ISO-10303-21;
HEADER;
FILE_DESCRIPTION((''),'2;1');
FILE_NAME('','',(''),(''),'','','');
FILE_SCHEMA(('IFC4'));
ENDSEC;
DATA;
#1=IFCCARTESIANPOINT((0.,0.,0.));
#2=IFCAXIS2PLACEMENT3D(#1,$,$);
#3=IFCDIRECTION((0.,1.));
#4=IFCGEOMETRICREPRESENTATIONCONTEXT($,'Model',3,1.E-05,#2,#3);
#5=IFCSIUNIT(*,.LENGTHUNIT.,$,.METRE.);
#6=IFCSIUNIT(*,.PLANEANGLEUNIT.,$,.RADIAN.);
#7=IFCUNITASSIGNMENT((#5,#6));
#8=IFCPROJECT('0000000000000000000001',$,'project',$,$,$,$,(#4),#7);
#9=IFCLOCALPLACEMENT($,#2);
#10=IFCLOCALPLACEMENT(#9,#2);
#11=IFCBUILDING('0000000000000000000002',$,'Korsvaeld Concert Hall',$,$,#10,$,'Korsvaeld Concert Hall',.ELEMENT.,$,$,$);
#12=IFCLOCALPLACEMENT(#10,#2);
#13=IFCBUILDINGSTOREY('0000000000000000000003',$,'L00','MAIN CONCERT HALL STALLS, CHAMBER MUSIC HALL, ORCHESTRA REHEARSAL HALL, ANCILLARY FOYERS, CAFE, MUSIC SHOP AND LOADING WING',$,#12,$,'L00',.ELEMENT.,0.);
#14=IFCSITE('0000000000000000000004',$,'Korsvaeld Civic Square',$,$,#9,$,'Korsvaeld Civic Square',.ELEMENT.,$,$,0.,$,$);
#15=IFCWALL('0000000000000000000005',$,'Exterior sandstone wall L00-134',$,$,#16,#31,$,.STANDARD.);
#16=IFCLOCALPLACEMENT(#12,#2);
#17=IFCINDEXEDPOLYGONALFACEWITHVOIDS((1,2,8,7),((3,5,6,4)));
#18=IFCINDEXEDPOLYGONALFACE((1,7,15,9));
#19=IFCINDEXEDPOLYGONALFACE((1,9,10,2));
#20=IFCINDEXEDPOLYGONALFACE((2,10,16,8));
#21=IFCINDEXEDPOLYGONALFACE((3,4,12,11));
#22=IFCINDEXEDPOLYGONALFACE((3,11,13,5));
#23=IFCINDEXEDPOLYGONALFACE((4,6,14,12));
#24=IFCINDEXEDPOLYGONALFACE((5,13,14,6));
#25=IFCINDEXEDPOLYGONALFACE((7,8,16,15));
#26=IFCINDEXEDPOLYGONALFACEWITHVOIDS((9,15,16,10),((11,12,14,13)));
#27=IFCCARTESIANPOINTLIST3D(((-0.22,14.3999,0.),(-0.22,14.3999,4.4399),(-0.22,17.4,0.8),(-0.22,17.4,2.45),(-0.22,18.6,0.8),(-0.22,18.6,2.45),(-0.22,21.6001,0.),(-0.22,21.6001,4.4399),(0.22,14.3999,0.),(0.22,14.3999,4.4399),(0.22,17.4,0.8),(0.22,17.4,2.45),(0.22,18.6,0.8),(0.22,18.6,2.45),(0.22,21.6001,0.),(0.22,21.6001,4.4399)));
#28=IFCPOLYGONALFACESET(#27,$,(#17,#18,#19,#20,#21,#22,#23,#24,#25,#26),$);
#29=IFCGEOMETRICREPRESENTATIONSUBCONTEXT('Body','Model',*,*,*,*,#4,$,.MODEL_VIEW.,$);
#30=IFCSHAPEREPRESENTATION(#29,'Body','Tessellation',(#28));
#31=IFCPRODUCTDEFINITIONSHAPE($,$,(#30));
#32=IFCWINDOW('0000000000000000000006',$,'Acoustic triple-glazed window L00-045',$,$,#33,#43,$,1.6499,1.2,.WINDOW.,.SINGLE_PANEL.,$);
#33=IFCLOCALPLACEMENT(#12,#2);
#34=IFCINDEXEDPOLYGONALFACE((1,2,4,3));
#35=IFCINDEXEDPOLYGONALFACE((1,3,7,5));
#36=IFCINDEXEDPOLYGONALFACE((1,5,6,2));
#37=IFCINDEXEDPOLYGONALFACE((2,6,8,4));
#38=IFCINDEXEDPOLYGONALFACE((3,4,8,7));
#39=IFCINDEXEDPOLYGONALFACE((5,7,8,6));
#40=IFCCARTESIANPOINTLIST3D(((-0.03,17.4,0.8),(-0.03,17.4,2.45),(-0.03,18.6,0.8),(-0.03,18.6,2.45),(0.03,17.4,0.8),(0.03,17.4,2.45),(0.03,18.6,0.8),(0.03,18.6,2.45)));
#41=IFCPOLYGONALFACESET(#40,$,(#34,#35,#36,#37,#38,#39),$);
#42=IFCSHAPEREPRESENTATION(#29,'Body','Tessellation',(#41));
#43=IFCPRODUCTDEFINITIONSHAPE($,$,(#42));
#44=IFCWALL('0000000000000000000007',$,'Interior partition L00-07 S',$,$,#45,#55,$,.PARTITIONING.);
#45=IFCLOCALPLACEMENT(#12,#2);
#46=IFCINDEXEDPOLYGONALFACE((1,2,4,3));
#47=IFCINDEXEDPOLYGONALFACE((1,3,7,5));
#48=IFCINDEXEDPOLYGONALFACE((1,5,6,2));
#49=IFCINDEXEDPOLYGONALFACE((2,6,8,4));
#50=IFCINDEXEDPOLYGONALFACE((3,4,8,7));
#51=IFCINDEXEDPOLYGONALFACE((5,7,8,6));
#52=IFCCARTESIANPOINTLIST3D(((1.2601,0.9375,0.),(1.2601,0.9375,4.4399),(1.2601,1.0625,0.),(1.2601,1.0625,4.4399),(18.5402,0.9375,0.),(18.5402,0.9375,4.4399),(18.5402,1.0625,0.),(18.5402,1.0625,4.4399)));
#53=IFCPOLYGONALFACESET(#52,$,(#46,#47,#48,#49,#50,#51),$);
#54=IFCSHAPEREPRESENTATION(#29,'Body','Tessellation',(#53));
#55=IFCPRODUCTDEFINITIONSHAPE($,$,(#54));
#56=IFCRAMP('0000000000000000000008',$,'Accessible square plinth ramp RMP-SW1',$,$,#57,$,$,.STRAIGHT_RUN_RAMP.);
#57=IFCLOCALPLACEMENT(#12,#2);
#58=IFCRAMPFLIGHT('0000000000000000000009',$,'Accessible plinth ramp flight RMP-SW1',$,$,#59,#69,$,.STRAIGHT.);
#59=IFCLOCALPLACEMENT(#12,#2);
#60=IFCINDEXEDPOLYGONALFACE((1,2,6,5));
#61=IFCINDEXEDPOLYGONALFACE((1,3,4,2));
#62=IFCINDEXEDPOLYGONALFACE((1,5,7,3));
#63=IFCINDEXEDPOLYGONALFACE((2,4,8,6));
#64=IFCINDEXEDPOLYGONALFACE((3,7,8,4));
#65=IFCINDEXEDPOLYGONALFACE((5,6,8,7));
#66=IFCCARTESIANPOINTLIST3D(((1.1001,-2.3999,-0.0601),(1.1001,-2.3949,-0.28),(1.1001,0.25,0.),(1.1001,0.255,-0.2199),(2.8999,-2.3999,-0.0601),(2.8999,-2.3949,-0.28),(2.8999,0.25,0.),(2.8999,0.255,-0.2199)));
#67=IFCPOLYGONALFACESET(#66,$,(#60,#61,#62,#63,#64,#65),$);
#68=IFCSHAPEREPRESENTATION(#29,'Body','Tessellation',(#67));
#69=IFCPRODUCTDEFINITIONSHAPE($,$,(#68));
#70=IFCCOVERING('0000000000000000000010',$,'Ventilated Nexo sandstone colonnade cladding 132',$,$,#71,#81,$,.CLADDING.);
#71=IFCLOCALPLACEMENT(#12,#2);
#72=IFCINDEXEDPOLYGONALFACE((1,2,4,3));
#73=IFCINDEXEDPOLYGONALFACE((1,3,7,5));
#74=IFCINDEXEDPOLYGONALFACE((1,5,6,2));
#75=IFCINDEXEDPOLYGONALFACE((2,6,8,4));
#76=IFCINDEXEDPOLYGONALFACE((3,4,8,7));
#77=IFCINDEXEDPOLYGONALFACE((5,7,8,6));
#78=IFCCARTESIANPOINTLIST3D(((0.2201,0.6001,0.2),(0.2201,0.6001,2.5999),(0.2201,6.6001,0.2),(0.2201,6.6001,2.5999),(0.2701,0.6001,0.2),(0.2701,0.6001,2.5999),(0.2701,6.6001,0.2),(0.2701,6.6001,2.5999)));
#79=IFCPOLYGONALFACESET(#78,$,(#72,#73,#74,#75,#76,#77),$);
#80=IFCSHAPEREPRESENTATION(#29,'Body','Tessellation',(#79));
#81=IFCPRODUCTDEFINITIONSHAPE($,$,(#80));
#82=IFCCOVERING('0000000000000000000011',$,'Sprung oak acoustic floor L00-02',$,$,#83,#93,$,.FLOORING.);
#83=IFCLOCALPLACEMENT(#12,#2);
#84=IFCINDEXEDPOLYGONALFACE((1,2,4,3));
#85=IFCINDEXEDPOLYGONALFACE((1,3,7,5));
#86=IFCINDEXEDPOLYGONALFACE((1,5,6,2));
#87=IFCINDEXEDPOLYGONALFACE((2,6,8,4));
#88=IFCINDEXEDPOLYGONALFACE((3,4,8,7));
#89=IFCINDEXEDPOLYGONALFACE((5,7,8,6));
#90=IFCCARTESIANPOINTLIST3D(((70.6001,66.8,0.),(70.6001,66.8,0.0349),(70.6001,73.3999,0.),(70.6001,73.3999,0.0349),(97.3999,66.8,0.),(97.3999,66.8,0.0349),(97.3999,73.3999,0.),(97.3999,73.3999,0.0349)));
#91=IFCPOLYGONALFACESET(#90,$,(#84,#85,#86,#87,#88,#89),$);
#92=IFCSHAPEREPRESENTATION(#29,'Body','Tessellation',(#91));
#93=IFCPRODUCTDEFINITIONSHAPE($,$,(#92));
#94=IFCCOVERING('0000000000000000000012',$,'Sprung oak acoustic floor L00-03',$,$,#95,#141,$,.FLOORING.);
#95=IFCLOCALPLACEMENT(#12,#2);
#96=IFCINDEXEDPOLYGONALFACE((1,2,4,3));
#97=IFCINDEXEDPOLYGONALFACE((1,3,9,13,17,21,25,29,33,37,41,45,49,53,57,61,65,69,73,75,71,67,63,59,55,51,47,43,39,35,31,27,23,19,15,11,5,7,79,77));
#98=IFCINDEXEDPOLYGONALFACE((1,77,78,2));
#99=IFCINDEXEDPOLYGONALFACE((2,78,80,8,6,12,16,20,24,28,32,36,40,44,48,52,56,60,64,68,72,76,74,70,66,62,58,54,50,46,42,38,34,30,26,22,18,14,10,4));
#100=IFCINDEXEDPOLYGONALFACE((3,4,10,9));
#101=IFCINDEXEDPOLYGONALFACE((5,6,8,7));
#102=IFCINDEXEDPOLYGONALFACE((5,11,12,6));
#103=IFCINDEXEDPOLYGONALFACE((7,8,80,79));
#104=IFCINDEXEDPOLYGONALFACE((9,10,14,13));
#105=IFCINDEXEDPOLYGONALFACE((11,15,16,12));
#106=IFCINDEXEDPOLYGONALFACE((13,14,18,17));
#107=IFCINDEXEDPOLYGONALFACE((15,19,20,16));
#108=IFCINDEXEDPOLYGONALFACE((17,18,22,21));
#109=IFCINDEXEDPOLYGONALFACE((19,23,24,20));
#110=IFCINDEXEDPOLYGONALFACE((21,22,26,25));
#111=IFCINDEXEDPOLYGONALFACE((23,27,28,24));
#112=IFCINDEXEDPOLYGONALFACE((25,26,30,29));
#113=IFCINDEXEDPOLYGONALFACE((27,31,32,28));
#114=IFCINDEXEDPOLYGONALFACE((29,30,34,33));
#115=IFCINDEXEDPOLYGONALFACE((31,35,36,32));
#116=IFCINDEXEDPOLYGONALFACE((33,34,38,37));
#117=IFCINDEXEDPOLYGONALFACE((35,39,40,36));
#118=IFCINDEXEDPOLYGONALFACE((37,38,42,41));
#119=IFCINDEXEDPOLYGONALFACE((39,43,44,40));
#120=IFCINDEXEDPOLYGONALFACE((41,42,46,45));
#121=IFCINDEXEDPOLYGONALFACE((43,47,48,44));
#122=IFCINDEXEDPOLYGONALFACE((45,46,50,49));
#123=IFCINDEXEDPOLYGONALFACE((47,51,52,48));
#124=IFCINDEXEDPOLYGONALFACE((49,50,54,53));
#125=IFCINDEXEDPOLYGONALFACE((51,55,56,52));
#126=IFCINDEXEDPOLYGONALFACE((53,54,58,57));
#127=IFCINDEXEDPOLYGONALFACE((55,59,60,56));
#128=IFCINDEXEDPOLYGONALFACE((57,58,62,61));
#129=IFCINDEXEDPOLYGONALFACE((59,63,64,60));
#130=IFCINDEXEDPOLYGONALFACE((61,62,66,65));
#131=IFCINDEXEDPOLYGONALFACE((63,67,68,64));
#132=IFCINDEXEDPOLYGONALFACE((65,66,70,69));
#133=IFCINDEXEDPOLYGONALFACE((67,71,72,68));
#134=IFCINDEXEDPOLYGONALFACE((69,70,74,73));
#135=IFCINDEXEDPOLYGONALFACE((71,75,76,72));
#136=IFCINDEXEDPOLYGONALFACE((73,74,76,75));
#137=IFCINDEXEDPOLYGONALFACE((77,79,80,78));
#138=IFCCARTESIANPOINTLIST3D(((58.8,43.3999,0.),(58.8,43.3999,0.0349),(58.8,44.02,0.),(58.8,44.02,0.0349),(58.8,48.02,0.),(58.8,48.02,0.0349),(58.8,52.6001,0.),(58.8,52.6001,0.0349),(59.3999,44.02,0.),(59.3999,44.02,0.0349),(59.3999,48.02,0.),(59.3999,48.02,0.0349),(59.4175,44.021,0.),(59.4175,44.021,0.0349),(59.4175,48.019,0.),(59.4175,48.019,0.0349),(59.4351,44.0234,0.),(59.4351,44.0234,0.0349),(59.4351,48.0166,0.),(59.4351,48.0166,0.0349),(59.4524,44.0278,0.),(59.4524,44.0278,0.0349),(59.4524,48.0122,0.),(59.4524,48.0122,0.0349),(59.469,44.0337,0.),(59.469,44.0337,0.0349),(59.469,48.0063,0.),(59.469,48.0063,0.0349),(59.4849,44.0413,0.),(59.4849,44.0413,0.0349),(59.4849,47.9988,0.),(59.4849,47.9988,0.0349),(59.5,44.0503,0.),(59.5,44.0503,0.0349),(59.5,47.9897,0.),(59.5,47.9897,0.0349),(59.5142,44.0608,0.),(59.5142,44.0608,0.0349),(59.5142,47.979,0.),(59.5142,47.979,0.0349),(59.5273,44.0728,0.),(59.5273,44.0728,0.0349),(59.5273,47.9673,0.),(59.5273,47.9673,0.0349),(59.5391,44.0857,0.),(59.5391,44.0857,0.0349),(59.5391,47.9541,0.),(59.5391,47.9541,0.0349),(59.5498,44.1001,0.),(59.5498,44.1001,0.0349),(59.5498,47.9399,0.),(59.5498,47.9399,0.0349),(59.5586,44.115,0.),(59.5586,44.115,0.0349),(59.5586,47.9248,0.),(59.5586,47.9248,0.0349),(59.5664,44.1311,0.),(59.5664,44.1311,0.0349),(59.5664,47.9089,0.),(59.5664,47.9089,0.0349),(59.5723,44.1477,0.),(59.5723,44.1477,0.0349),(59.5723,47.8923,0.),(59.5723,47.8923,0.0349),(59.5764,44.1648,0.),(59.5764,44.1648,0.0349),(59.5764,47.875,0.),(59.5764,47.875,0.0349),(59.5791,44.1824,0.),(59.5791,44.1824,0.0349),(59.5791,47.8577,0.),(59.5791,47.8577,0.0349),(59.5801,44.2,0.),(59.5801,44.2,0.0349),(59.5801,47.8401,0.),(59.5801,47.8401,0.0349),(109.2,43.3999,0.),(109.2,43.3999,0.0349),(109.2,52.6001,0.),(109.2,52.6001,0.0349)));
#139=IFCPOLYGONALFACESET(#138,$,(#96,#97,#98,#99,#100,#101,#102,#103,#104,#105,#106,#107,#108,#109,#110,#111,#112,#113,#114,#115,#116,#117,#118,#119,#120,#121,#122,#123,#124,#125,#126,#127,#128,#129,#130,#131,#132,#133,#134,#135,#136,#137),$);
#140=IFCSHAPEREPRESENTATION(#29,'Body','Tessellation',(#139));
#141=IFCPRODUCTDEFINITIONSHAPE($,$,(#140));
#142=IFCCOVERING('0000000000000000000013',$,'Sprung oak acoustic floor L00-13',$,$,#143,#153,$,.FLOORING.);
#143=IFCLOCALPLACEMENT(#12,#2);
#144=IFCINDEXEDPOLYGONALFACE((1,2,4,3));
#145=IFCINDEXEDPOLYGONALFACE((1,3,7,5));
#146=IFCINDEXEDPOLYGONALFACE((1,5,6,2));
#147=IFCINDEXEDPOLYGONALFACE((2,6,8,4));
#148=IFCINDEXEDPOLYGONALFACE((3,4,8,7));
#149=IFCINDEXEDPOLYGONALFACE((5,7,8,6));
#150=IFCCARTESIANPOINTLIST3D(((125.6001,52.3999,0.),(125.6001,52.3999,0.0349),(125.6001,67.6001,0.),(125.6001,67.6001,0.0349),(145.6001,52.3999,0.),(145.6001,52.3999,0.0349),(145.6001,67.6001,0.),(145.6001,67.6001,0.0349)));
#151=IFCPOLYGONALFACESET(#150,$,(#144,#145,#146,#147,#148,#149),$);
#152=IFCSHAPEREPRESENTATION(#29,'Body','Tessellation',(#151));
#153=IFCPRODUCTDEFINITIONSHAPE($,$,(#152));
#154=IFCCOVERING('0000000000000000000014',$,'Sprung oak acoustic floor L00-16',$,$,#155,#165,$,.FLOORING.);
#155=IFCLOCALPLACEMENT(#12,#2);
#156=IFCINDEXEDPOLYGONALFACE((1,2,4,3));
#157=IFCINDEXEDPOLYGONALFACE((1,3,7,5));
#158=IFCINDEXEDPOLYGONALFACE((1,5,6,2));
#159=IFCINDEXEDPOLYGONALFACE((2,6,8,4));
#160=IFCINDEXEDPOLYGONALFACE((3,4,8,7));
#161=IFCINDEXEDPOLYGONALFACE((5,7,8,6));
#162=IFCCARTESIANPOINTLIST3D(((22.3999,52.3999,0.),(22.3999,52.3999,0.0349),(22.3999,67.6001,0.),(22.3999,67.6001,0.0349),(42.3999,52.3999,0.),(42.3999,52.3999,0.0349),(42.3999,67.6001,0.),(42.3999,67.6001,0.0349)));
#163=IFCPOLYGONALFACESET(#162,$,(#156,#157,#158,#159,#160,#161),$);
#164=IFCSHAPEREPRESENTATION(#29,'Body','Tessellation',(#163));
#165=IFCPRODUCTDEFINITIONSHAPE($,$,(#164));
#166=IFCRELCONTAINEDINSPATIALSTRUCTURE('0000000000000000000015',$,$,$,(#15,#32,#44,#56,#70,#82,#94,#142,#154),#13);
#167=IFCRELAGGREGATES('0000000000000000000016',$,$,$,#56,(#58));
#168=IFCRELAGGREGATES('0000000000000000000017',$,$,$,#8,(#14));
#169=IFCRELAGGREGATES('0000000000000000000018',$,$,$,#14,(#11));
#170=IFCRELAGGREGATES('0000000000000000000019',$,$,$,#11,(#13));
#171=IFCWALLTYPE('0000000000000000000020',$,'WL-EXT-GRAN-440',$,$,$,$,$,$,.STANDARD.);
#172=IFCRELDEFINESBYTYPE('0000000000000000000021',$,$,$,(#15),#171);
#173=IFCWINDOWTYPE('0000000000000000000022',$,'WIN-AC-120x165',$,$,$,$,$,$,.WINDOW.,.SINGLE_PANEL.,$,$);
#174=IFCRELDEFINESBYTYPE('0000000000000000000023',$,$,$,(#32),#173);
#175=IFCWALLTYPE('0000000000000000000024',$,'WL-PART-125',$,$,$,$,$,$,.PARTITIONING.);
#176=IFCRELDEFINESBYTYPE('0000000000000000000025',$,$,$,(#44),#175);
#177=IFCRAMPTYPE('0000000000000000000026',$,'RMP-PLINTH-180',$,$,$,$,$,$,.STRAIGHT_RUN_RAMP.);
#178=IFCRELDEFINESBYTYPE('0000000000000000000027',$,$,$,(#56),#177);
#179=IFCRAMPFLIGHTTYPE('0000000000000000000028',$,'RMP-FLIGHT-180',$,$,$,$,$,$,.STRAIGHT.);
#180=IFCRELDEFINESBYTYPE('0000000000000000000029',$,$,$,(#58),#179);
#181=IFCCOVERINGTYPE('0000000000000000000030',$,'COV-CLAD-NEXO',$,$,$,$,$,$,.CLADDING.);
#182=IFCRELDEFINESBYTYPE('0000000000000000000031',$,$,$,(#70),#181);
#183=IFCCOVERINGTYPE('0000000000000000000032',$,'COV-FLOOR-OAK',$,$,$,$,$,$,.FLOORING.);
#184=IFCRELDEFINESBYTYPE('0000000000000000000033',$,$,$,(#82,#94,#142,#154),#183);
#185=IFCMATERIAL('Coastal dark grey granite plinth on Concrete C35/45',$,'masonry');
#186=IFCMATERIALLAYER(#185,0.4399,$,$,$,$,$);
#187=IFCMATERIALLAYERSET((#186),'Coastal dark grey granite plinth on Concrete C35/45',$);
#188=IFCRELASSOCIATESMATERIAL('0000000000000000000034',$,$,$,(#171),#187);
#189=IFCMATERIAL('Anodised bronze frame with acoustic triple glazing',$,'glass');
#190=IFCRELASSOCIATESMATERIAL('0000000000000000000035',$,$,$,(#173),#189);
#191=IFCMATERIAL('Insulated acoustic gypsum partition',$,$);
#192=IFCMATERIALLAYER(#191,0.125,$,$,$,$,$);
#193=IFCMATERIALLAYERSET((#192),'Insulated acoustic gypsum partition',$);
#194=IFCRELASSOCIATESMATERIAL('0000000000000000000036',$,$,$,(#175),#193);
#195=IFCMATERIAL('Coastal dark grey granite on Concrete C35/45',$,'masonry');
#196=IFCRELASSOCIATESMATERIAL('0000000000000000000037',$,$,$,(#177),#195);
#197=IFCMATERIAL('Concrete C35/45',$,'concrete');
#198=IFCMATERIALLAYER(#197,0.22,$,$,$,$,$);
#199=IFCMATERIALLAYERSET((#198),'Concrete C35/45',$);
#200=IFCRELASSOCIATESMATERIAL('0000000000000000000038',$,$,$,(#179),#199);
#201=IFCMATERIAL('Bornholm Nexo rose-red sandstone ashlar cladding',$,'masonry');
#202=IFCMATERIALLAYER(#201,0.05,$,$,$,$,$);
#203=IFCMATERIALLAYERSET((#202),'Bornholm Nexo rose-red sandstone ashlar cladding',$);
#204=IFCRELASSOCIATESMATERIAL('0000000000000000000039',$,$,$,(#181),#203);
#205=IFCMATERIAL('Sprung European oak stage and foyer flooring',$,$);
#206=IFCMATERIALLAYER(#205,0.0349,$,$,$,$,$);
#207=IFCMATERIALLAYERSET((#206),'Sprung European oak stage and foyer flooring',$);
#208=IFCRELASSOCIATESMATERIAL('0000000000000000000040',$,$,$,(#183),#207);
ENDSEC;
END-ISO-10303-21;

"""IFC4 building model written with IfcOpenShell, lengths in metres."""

from ifc_helpers import new_model, si_unit, direction, frame, frame_2d, origin, origin_2d, place, context, subcontext, project, spatial, polyline, rectangle, outline, extrude, material, layer, layer_set, type_object, element, fill, aggregate, save


model = new_model("IFC4")

# Units and contexts
model_context = context("Model", 3, precision=1e-05, world=origin(), true_north=direction((0.0, 1.0)))
body_context = subcontext(model_context, "Body", "Model", "MODEL_VIEW")
ifc_project = project(units=[si_unit("LENGTHUNIT", "METRE"), si_unit("PLANEANGLEUNIT", "RADIAN")], contexts=[model_context])

# Site, building, storey
site_placement = place(None, origin())
site = spatial("IfcSite", under=ifc_project, at=site_placement, Name="Korsvaeld Civic Square", LongName="Korsvaeld Civic Square", CompositionType="ELEMENT", RefElevation=0.0)
building_placement = place(site_placement, origin())
building = spatial("IfcBuilding", under=site, at=building_placement, Name="Korsvaeld Concert Hall", LongName="Korsvaeld Concert Hall", CompositionType="ELEMENT")
storey_placement = place(building_placement, origin())
storey = spatial("IfcBuildingStorey", under=building, at=storey_placement, Name="L00", Description="MAIN CONCERT HALL STALLS, CHAMBER MUSIC HALL, ORCHESTRA REHEARSAL HALL, ANCILLARY FOYERS, CAFE, MUSIC SHOP AND LOADING WING", LongName="L00", CompositionType="ELEMENT", Elevation=0.0)

# Shared definitions
ifc_material_1 = material(Name="Concrete C35/45", Category="concrete")

# Wall, opening, window
ifc_material_2 = material(Name="Coastal dark grey granite plinth on Concrete C35/45", Category="masonry")
ifc_layer_1 = layer(ifc_material_2, 0.4399)
ifc_layer_set_1 = layer_set([ifc_layer_1], Name="Coastal dark grey granite plinth on Concrete C35/45")
wall_type_1 = type_object("IfcWallType", Name="WL-EXT-GRAN-440", PredefinedType="STANDARD", material=ifc_layer_set_1)
ifc_material_3 = material(Name="Anodised bronze frame with acoustic triple glazing", Category="glass")
wall_1_placement = place(storey_placement, frame((0.0, 14.3999, 0.0), z_axis=(0.0, 0.0, 1.0), x_axis=(0.0, 1.0, 0.0)))
wall_1 = element("IfcWall", 1, at=wall_1_placement, inside=storey, type_object=wall_type_1, Name="Exterior sandstone wall L00-134", PredefinedType="STANDARD", context=body_context, shape_type="SweptSolid", body=[
    extrude(rectangle(XDim=7.2002, YDim=0.4399, at=frame_2d((3.6001, 0.0))), origin(), (0.0, 0.0, 1.0), 4.4399),
])
opening_1_placement = place(wall_1_placement, frame((3.0, 0.0, 0.8)))
opening_1 = element("IfcOpeningElement", 2, at=opening_1_placement, cuts=wall_1, PredefinedType="OPENING", context=body_context, shape_type="SweptSolid", body=[
    extrude(rectangle(XDim=1.2, YDim=1.6499, at=frame_2d((0.6001, 0.825))), frame((0.0, 0.23, 0.0), z_axis=(0.0, -1.0, 0.0), x_axis=(1.0, 0.0, 0.0)), (0.0, 0.0, 1.0), 0.46),
])
window_type_1 = type_object("IfcWindowType", Name="WIN-AC-120x165", PartitioningType="SINGLE_PANEL", PredefinedType="WINDOW", material=ifc_material_3)
window_1_placement = place(opening_1_placement, origin())
window_1 = element("IfcWindow", 3, at=window_1_placement, inside=storey, type_object=window_type_1, Name="Acoustic triple-glazed window L00-045", OverallHeight=1.6499, OverallWidth=1.2, PartitioningType="SINGLE_PANEL", PredefinedType="WINDOW", context=body_context, shape_type="SweptSolid", body=[
    extrude(rectangle(XDim=1.2, YDim=1.6499, at=frame_2d((0.6001, 0.825))), frame((0.0, 0.03, 0.0), z_axis=(0.0, -1.0, 0.0), x_axis=(1.0, 0.0, 0.0)), (0.0, 0.0, 1.0), 0.0601),
])
fill(opening_1, window_1)

# Wall
ifc_material_4 = material(Name="Insulated acoustic gypsum partition")
ifc_layer_2 = layer(ifc_material_4, 0.125)
ifc_layer_set_2 = layer_set([ifc_layer_2], Name="Insulated acoustic gypsum partition")
wall_type_2 = type_object("IfcWallType", Name="WL-PART-125", PredefinedType="PARTITIONING", material=ifc_layer_set_2)
wall_2_placement = place(storey_placement, frame((1.26, 1.0, 0.0), z_axis=(0.0, 0.0, 1.0), x_axis=(1.0, 0.0, 0.0)))
element("IfcWall", 4, at=wall_2_placement, inside=storey, type_object=wall_type_2, Name="Interior partition L00-07 S", PredefinedType="PARTITIONING", context=body_context, shape_type="SweptSolid", body=[
    extrude(rectangle(XDim=17.28, YDim=0.125, at=frame_2d((8.6401, 0.0))), origin(), (0.0, 0.0, 1.0), 4.4399),
])

# Ramp, ramp flight
ifc_material_5 = material(Name="Coastal dark grey granite on Concrete C35/45", Category="masonry")
ramp_type = type_object("IfcRampType", Name="RMP-PLINTH-180", PredefinedType="STRAIGHT_RUN_RAMP", material=ifc_material_5)
ramp_placement = place(storey_placement, origin())
ramp = element("IfcRamp", 5, at=ramp_placement, inside=storey, type_object=ramp_type, Name="Accessible square plinth ramp RMP-SW1", PredefinedType="STRAIGHT_RUN_RAMP")
ifc_layer_3 = layer(ifc_material_1, 0.22)
ifc_layer_set_3 = layer_set([ifc_layer_3], Name="Concrete C35/45")
ramp_flight_type = type_object("IfcRampFlightType", Name="RMP-FLIGHT-180", PredefinedType="STRAIGHT", material=ifc_layer_set_3)
ramp_flight_placement = place(storey_placement, frame((1.1001, -2.3999, -0.0601), z_axis=(0.0, -0.022659, 0.999743), x_axis=(1.0, 0.0, 0.0)))
ramp_flight = element("IfcRampFlight", 6, at=ramp_flight_placement, type_object=ramp_flight_type, Name="Accessible plinth ramp flight RMP-SW1", PredefinedType="STRAIGHT", context=body_context, shape_type="SweptSolid", body=[
    extrude(outline(polyline([(0.0, 0.0), (1.7998, 0.0), (1.7998, 2.6506), (0.0, 2.6506), (0.0, 0.0)])), origin(), (0.0, 0.0, -1.0), 0.22),
])
aggregate(ramp, [ramp_flight])

# Coverings
ifc_material_6 = material(Name="Bornholm Nexo rose-red sandstone ashlar cladding", Category="masonry")
ifc_layer_4 = layer(ifc_material_6, 0.05)
ifc_layer_set_4 = layer_set([ifc_layer_4], Name="Bornholm Nexo rose-red sandstone ashlar cladding")
covering_type_1 = type_object("IfcCoveringType", Name="COV-CLAD-NEXO", PredefinedType="CLADDING", material=ifc_layer_set_4)
covering_1_placement = place(storey_placement, frame((0.2451, 3.6001, 0.2), z_axis=(0.0, 0.0, 1.0), x_axis=(0.0, 1.0, 0.0)))
element("IfcCovering", 7, at=covering_1_placement, inside=storey, type_object=covering_type_1, Name="Ventilated Nexo sandstone colonnade cladding 132", PredefinedType="CLADDING", context=body_context, shape_type="SweptSolid", body=[
    extrude(rectangle(XDim=6.0, YDim=0.05, at=origin_2d()), origin(), (0.0, 0.0, 1.0), 2.3999),
])
ifc_material_7 = material(Name="Sprung European oak stage and foyer flooring")
ifc_layer_5 = layer(ifc_material_7, 0.0349)
ifc_layer_set_5 = layer_set([ifc_layer_5], Name="Sprung European oak stage and foyer flooring")
covering_type_2 = type_object("IfcCoveringType", Name="COV-FLOOR-OAK", PredefinedType="FLOORING", material=ifc_layer_set_5)
covering_2_placement = place(storey_placement, origin())
element("IfcCovering", 8, at=covering_2_placement, inside=storey, type_object=covering_type_2, Name="Sprung oak acoustic floor L00-02", PredefinedType="FLOORING", context=body_context, shape_type="SweptSolid", body=[
    extrude(outline(polyline([(70.6001, 73.3999), (97.3999, 73.3999), (97.3999, 66.8), (70.6001, 66.8), (70.6001, 73.3999)])), origin(), (0.0, 0.0, 1.0), 0.0349),
])
covering_3_placement = place(storey_placement, origin())
element("IfcCovering", 9, at=covering_3_placement, inside=storey, type_object=covering_type_2, Name="Sprung oak acoustic floor L00-03", PredefinedType="FLOORING", context=body_context, shape_type="SweptSolid", body=[
    extrude(outline(polyline([(58.8, 52.6001), (109.2, 52.6001), (109.2, 43.3999), (58.8, 43.3999), (58.8, 44.02), (59.3999, 44.02), (59.4175, 44.021), (59.4351, 44.0234), (59.4524, 44.0278), (59.469, 44.0337), (59.4849, 44.0413), (59.5, 44.0503), (59.5142, 44.0608), (59.5273, 44.0728), (59.5391, 44.0857), (59.5498, 44.1001), (59.5586, 44.115), (59.5664, 44.1311), (59.5723, 44.1477), (59.5764, 44.1648), (59.5791, 44.1824), (59.5801, 44.2), (59.5801, 47.8401), (59.5791, 47.8577), (59.5764, 47.875), (59.5723, 47.8923), (59.5664, 47.9089), (59.5586, 47.9248), (59.5498, 47.9399), (59.5391, 47.9541), (59.5273, 47.9673), (59.5142, 47.979), (59.5, 47.9897), (59.4849, 47.9988), (59.469, 48.0063), (59.4524, 48.0122), (59.4351, 48.0166), (59.4175, 48.019), (59.3999, 48.02), (58.8, 48.02), (58.8, 52.6001)])), origin(), (0.0, 0.0, 1.0), 0.0349),
])
covering_4_placement = place(storey_placement, origin())
element("IfcCovering", 10, at=covering_4_placement, inside=storey, type_object=covering_type_2, Name="Sprung oak acoustic floor L00-13", PredefinedType="FLOORING", context=body_context, shape_type="SweptSolid", body=[
    extrude(outline(polyline([(125.6001, 52.3999), (125.6001, 67.6001), (145.6001, 67.6001), (145.6001, 52.3999), (125.6001, 52.3999)])), origin(), (0.0, 0.0, 1.0), 0.0349),
])
covering_5_placement = place(storey_placement, origin())
element("IfcCovering", 11, at=covering_5_placement, inside=storey, type_object=covering_type_2, Name="Sprung oak acoustic floor L00-16", PredefinedType="FLOORING", context=body_context, shape_type="SweptSolid", body=[
    extrude(outline(polyline([(22.3999, 52.3999), (22.3999, 67.6001), (42.3999, 67.6001), (42.3999, 52.3999), (22.3999, 52.3999)])), origin(), (0.0, 0.0, 1.0), 0.0349),
])

save(model, "model.ifc")
